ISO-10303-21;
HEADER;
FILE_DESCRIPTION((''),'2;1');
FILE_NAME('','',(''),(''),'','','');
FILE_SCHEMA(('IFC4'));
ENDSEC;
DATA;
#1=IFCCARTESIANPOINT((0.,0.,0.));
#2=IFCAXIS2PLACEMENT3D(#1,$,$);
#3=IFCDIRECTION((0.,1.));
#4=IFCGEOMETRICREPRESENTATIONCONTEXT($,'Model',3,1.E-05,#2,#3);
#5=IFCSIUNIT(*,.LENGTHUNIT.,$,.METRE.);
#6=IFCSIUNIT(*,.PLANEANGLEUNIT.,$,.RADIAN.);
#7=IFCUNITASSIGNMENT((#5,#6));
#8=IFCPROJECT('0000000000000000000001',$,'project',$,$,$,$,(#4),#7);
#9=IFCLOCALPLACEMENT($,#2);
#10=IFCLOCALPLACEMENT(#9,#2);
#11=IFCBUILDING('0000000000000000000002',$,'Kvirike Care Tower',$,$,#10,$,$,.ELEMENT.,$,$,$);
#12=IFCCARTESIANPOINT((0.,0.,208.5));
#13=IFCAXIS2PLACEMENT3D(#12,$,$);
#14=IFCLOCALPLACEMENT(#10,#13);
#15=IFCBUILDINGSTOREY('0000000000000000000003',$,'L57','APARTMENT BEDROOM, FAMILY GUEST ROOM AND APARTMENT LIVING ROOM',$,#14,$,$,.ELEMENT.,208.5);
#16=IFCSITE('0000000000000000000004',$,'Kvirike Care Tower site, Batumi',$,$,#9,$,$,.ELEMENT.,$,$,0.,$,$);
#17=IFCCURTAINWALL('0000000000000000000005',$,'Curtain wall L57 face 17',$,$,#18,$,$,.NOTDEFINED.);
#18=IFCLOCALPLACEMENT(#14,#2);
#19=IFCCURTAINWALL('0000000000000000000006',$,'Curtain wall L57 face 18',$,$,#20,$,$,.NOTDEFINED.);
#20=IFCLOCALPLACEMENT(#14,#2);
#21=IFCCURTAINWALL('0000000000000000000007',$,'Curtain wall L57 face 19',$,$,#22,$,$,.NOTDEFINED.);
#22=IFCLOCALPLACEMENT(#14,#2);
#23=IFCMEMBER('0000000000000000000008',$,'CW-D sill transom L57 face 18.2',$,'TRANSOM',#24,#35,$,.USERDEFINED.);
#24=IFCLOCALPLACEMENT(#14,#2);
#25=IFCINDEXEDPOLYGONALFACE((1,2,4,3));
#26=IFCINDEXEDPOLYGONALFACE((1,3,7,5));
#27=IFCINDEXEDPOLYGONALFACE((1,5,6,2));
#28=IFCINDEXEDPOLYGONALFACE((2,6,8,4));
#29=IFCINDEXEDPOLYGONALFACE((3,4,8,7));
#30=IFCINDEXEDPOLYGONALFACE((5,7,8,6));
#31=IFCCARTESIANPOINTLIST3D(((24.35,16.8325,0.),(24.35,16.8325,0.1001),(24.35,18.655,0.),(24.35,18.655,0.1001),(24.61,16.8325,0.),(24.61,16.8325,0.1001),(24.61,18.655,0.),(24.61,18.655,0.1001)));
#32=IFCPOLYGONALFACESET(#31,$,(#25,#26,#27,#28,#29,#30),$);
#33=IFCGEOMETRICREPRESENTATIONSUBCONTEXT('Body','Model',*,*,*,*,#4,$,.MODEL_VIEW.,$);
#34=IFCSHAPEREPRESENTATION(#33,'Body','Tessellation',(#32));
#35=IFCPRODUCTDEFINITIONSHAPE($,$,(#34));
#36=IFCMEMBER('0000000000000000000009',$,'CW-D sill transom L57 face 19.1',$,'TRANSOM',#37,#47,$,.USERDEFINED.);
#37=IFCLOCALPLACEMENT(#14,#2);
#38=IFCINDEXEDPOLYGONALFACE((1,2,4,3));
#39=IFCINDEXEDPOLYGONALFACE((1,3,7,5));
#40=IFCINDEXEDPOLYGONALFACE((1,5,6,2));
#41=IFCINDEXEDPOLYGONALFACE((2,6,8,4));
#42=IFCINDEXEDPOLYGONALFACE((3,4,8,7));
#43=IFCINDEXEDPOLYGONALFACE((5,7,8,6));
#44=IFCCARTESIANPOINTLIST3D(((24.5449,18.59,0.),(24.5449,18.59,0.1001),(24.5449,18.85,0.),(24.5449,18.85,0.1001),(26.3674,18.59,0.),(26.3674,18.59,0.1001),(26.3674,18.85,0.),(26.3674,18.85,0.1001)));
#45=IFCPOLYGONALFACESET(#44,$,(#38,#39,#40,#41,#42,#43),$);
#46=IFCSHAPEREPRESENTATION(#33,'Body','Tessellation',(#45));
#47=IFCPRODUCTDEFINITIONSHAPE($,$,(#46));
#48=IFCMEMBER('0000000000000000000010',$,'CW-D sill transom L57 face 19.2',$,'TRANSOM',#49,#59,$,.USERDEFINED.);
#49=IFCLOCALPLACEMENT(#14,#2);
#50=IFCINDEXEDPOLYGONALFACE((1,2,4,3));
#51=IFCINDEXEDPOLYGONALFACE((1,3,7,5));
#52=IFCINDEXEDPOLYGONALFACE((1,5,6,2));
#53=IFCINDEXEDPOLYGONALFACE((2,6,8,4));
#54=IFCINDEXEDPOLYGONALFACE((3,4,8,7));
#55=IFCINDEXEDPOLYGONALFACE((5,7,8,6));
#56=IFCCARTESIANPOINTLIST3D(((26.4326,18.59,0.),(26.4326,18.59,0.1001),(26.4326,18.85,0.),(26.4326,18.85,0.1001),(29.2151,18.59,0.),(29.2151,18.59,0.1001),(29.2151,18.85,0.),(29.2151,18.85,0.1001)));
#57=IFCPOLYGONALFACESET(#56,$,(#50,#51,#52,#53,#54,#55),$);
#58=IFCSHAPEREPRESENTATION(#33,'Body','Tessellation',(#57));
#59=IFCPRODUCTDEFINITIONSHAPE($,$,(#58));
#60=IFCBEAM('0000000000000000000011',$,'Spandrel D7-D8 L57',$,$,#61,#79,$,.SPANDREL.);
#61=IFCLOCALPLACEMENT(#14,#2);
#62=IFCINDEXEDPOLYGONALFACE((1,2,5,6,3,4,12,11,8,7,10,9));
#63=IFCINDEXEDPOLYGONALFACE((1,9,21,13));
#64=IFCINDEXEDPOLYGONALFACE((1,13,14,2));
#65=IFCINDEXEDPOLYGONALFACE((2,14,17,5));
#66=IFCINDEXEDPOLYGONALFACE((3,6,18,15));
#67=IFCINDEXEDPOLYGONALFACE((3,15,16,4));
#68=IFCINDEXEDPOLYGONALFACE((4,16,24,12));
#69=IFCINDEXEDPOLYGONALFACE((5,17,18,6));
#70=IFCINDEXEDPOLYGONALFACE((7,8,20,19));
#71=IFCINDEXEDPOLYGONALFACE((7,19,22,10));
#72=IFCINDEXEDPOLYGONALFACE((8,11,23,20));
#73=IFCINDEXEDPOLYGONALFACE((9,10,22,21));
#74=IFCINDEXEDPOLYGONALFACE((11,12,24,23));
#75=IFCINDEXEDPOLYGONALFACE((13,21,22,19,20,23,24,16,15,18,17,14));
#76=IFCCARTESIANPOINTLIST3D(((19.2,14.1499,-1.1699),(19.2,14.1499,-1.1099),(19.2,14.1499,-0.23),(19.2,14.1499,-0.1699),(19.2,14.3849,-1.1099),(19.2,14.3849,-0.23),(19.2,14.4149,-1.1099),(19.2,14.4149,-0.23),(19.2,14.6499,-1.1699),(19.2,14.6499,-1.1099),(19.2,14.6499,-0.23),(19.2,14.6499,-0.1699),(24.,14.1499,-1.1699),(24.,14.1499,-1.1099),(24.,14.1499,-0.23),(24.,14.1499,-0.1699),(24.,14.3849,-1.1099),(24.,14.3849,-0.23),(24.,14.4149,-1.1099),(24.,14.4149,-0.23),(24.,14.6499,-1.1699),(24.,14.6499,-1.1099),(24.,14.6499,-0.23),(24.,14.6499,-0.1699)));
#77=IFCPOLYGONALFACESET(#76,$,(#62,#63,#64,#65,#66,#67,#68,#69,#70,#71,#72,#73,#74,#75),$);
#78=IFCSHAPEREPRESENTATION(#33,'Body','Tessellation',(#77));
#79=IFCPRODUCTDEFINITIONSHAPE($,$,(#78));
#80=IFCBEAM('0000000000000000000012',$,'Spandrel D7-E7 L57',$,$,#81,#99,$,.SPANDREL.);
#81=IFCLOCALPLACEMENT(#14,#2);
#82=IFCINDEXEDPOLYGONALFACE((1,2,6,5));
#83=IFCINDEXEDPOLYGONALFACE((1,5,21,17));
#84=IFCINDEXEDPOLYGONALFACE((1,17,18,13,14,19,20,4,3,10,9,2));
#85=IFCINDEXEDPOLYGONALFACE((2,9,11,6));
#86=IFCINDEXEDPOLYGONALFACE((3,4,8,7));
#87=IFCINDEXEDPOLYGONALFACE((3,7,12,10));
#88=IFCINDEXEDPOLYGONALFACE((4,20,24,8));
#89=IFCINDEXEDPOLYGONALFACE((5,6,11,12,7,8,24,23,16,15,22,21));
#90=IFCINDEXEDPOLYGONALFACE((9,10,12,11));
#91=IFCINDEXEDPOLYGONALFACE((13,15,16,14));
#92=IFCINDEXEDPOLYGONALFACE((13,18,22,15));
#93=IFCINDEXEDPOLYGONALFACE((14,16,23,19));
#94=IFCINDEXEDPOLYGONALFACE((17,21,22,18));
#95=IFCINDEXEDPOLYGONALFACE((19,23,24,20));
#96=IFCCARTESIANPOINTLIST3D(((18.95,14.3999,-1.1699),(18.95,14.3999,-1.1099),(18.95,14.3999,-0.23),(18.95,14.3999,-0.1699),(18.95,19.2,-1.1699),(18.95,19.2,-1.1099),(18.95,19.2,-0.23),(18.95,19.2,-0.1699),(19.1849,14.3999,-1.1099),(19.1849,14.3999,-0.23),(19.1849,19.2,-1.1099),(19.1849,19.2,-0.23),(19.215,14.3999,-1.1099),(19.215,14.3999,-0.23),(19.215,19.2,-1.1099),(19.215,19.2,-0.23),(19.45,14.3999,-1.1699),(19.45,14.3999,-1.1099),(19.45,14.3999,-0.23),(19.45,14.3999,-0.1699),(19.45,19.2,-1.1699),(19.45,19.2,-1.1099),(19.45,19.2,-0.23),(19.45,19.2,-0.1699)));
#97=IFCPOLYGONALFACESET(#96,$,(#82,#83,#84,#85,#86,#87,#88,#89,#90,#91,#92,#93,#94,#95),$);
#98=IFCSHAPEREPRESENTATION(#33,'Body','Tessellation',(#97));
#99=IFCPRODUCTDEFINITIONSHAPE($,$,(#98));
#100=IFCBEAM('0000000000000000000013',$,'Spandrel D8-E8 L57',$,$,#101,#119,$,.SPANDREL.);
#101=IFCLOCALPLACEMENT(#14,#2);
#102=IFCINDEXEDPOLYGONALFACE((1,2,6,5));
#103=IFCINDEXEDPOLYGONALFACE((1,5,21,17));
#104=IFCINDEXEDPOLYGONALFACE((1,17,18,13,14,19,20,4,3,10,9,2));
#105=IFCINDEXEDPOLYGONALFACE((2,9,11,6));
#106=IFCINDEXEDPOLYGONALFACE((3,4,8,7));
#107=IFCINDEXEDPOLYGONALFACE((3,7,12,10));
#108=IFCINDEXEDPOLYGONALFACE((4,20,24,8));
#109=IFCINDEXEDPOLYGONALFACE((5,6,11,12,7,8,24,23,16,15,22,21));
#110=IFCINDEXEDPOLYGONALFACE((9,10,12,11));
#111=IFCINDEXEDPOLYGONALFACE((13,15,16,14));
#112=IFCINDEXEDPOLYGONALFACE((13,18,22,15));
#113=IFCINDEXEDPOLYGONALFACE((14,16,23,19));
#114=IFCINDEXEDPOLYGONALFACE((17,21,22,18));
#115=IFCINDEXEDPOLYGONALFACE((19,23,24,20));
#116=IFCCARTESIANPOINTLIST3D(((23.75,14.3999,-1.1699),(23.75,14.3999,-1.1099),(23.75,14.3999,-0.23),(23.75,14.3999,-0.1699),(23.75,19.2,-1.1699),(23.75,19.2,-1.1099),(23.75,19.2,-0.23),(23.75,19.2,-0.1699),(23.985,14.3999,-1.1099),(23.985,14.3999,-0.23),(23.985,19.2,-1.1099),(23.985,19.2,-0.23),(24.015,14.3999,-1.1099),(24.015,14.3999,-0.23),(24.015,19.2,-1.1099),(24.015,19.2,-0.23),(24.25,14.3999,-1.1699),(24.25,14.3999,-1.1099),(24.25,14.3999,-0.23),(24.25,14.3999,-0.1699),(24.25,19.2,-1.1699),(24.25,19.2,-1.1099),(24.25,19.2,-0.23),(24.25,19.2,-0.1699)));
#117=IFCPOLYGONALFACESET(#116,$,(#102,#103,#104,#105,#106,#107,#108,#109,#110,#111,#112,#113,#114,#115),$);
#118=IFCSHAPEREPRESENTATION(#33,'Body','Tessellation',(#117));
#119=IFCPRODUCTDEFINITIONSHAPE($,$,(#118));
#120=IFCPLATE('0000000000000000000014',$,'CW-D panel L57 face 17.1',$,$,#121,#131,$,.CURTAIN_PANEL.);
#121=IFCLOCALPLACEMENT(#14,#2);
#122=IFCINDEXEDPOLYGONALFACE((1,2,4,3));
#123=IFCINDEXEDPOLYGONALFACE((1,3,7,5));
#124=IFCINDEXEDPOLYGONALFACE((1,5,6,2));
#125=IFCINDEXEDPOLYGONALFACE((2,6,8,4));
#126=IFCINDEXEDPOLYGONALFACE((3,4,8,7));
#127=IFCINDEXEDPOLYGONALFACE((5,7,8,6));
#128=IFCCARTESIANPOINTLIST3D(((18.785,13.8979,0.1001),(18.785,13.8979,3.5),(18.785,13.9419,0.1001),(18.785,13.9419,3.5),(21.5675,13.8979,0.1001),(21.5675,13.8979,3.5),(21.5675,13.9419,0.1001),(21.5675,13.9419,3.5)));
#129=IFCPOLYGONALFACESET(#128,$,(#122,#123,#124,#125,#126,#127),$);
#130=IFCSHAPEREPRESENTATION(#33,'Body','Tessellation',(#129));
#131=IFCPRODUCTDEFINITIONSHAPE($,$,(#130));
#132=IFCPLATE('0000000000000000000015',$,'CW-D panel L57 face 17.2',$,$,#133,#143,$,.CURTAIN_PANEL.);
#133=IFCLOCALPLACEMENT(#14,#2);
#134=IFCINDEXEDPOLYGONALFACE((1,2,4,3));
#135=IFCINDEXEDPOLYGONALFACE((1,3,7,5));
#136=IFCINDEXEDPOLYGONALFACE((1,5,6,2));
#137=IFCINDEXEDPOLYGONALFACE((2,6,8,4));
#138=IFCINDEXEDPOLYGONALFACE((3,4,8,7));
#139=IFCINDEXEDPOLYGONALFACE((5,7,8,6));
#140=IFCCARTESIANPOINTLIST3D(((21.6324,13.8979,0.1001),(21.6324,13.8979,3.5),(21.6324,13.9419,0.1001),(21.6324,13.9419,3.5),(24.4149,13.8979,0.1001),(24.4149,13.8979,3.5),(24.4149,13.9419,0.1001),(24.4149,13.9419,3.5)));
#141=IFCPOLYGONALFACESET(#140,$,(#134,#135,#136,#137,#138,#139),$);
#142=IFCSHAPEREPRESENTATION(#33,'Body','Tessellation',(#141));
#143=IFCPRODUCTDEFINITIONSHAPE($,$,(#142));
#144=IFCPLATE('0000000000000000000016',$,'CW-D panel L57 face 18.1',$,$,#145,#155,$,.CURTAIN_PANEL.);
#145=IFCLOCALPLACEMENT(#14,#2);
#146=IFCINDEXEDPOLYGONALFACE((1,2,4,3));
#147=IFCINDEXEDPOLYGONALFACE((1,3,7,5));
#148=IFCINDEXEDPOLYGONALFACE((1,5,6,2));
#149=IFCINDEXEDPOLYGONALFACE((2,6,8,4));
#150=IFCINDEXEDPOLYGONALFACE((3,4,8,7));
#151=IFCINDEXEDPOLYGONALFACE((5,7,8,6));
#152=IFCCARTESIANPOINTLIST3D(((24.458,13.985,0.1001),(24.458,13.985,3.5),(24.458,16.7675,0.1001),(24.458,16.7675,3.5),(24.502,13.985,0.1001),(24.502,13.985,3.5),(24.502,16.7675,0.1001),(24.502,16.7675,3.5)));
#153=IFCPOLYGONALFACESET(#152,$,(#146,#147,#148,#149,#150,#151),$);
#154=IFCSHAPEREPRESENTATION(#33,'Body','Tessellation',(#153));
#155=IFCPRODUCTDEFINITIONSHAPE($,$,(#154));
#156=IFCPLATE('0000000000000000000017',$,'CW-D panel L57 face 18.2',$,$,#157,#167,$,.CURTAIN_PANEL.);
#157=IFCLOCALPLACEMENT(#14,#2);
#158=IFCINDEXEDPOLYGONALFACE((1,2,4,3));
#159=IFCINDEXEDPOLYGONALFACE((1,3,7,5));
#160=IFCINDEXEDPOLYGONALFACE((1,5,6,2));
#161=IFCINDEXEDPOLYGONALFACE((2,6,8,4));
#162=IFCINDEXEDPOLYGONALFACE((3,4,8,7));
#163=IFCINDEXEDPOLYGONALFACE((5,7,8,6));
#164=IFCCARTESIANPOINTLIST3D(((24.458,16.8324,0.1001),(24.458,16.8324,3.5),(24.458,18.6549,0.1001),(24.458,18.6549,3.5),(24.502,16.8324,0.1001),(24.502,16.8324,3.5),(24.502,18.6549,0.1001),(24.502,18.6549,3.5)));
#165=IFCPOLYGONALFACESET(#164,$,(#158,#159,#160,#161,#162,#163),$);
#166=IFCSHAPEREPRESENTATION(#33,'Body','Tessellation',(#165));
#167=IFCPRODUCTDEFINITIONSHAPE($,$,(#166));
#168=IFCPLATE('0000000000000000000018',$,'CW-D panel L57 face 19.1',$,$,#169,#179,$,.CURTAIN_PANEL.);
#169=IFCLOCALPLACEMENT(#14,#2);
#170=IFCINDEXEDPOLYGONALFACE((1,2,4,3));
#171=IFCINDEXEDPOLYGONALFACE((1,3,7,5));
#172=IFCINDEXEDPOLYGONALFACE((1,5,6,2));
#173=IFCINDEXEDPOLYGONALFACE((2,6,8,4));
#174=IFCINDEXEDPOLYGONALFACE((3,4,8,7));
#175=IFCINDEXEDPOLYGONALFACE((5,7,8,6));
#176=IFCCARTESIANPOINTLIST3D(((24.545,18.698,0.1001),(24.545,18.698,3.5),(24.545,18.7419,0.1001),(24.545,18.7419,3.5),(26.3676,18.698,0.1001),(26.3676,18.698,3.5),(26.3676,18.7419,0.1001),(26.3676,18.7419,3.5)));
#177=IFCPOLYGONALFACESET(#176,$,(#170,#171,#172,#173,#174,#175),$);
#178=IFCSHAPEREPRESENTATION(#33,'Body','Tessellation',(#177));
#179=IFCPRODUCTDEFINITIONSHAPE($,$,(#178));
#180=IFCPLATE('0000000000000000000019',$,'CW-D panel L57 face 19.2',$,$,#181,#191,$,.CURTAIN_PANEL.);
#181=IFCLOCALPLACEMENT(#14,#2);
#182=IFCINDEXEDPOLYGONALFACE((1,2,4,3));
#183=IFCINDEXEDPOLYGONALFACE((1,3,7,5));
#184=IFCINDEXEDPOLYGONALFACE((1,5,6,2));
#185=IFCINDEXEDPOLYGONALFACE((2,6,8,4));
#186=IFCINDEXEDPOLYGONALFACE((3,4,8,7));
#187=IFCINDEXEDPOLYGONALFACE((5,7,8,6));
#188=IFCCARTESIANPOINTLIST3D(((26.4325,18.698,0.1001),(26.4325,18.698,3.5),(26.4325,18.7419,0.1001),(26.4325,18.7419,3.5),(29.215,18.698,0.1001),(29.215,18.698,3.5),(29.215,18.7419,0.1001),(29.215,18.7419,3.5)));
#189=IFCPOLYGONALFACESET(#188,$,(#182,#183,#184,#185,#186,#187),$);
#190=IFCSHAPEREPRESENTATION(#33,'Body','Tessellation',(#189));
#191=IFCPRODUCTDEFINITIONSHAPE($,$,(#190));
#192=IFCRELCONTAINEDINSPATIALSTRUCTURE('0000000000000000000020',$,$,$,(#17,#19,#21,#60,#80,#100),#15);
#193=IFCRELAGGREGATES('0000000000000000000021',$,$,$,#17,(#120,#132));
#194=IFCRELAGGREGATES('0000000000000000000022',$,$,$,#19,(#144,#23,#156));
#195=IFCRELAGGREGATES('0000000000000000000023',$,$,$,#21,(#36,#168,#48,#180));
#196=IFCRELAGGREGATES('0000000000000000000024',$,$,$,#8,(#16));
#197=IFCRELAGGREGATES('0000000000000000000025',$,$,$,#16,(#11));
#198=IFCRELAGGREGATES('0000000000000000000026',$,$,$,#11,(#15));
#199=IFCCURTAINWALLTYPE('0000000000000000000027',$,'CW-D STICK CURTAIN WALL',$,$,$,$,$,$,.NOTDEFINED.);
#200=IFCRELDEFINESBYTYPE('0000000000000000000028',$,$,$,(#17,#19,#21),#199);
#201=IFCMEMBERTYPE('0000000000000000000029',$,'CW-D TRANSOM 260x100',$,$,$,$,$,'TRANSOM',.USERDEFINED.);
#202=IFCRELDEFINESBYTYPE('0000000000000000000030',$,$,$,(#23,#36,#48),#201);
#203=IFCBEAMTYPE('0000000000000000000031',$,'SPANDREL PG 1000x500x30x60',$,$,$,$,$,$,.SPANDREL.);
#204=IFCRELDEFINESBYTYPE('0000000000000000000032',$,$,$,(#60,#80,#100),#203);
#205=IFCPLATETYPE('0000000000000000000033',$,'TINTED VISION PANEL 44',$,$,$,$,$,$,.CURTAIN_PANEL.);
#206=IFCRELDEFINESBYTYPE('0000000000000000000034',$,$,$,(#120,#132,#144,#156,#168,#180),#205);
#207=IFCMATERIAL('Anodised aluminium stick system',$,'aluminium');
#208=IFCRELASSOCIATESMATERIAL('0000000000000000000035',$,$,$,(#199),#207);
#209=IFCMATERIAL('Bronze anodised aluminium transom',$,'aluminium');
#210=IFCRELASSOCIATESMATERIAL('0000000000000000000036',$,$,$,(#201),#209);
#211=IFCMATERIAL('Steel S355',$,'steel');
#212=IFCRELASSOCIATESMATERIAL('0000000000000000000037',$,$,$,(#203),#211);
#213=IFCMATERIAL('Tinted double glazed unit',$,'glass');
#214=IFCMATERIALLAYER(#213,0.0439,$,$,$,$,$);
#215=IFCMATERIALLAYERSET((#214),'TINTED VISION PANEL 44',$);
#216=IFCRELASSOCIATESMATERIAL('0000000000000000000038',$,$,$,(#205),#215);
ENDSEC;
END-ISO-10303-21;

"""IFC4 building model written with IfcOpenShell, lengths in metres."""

from ifc_helpers import new_model, si_unit, direction, frame, origin, origin_2d, place, context, subcontext, project, spatial, rectangle, i_section, extrude, material, layer, layer_set, material_profile, profile_set, type_object, element, aggregate, save


model = new_model("IFC4")

# Units and contexts
model_context = context("Model", 3, precision=1e-05, world=origin(), true_north=direction((0.0, 1.0)))
body_context = subcontext(model_context, "Body", "Model", "MODEL_VIEW")
ifc_project = project(units=[si_unit("LENGTHUNIT", "METRE"), si_unit("PLANEANGLEUNIT", "RADIAN")], contexts=[model_context])

# Site, building, storey
site_placement = place(None, origin())
site = spatial("IfcSite", under=ifc_project, at=site_placement, Name="Kvirike Care Tower site, Batumi", CompositionType="ELEMENT", RefElevation=0.0)
building_placement = place(site_placement, origin())
building = spatial("IfcBuilding", under=site, at=building_placement, Name="Kvirike Care Tower", CompositionType="ELEMENT")
storey_placement = place(building_placement, frame((0.0, 0.0, 208.5)))
storey = spatial("IfcBuildingStorey", under=building, at=storey_placement, Name="L57", Description="APARTMENT BEDROOM, FAMILY GUEST ROOM AND APARTMENT LIVING ROOM", CompositionType="ELEMENT", Elevation=208.5)

# Curtain walls
ifc_material_1 = material(Name="Anodised aluminium stick system", Category="aluminium")
curtain_wall_type = type_object("IfcCurtainWallType", Name="CW-D STICK CURTAIN WALL", PredefinedType="NOTDEFINED", material=ifc_material_1)
curtain_wall_1_placement = place(storey_placement, origin())
curtain_wall_1 = element("IfcCurtainWall", 1, at=curtain_wall_1_placement, inside=storey, type_object=curtain_wall_type, Name="Curtain wall L57 face 17", PredefinedType="NOTDEFINED")
curtain_wall_2_placement = place(storey_placement, origin())
curtain_wall_2 = element("IfcCurtainWall", 2, at=curtain_wall_2_placement, inside=storey, type_object=curtain_wall_type, Name="Curtain wall L57 face 18", PredefinedType="NOTDEFINED")
curtain_wall_3_placement = place(storey_placement, origin())
curtain_wall_3 = element("IfcCurtainWall", 3, at=curtain_wall_3_placement, inside=storey, type_object=curtain_wall_type, Name="Curtain wall L57 face 19", PredefinedType="NOTDEFINED")

# Members
ifc_material_2 = material(Name="Bronze anodised aluminium transom", Category="aluminium")
ifc_material_profile_1 = material_profile(ifc_material_2, rectangle(XDim=0.26, YDim=0.1001, at=origin_2d()), Name="CW-D TRANSOM 260x100")
ifc_profile_set_1 = profile_set([ifc_material_profile_1], Name="Bronze anodised aluminium transom")
member_type_1 = type_object("IfcMemberType", Name="CW-D TRANSOM 260x100", ElementType="TRANSOM", PredefinedType="USERDEFINED", material=ifc_profile_set_1)
member_1_placement = place(storey_placement, frame((24.48, 16.8325, 0.05), z_axis=(0.0, 1.0, 0.0), x_axis=(-1.0, 0.0, 0.0)))
member_1 = element("IfcMember", 4, at=member_1_placement, type_object=member_type_1, Name="CW-D sill transom L57 face 18.2", ObjectType="TRANSOM", PredefinedType="USERDEFINED", context=body_context, shape_type="SweptSolid", body=[
    extrude(rectangle(XDim=0.26, YDim=0.1001, at=origin_2d()), origin(), (0.0, 0.0, 1.0), 1.8225),
])
member_2_placement = place(storey_placement, frame((24.5449, 18.72, 0.05), z_axis=(1.0, 0.0, 0.0), x_axis=(0.0, 1.0, 0.0)))
member_2 = element("IfcMember", 5, at=member_2_placement, type_object=member_type_1, Name="CW-D sill transom L57 face 19.1", ObjectType="TRANSOM", PredefinedType="USERDEFINED", context=body_context, shape_type="SweptSolid", body=[
    extrude(rectangle(XDim=0.26, YDim=0.1001, at=origin_2d()), origin(), (0.0, 0.0, 1.0), 1.8225),
])
member_3_placement = place(storey_placement, frame((26.4326, 18.72, 0.05), z_axis=(1.0, 0.0, 0.0), x_axis=(0.0, 1.0, 0.0)))
member_3 = element("IfcMember", 6, at=member_3_placement, type_object=member_type_1, Name="CW-D sill transom L57 face 19.2", ObjectType="TRANSOM", PredefinedType="USERDEFINED", context=body_context, shape_type="SweptSolid", body=[
    extrude(rectangle(XDim=0.26, YDim=0.1001, at=origin_2d()), origin(), (0.0, 0.0, 1.0), 2.7825),
])

# Beams
ifc_material_3 = material(Name="Steel S355", Category="steel")
ifc_material_profile_2 = material_profile(ifc_material_3, i_section(OverallWidth=0.5, OverallDepth=1.0, WebThickness=0.03, FlangeThickness=0.0601, at=origin_2d()), Name="PG 1000x500x30x60")
ifc_profile_set_2 = profile_set([ifc_material_profile_2], Name="Steel S355")
beam_type = type_object("IfcBeamType", Name="SPANDREL PG 1000x500x30x60", PredefinedType="SPANDREL", material=ifc_profile_set_2)
for number, where, z_axis, x_axis, name in (
    (7, (19.2, 14.3999, -0.6699), (1.0, 0.0, 0.0), (0.0, 1.0, 0.0), "Spandrel D7-D8 L57"),
    (8, (19.2, 14.3999, -0.6699), (0.0, 1.0, 0.0), (-1.0, 0.0, 0.0), "Spandrel D7-E7 L57"),
    (9, (24.0, 14.3999, -0.6699), (0.0, 1.0, 0.0), (-1.0, 0.0, 0.0), "Spandrel D8-E8 L57"),
):
    element("IfcBeam", number, at=place(storey_placement, frame(where, z_axis=z_axis, x_axis=x_axis)), inside=storey, type_object=beam_type, Name=name, PredefinedType="SPANDREL", context=body_context, shape_type="SweptSolid", body=[
        extrude(i_section(OverallWidth=0.5, OverallDepth=1.0, WebThickness=0.03, FlangeThickness=0.0601, at=origin_2d()), origin(), (0.0, 0.0, 1.0), 4.8),
    ])

# Plates
ifc_material_4 = material(Name="Tinted double glazed unit", Category="glass")
ifc_layer = layer(ifc_material_4, 0.0439)
ifc_layer_set = layer_set([ifc_layer], Name="TINTED VISION PANEL 44")
plate_type = type_object("IfcPlateType", Name="TINTED VISION PANEL 44", PredefinedType="CURTAIN_PANEL", material=ifc_layer_set)
plate_1_placement = place(storey_placement, frame((20.1763, 13.9199, 0.1001), z_axis=(0.0, 0.0, 1.0), x_axis=(1.0, 0.0, 0.0)))
plate_1 = element("IfcPlate", 10, at=plate_1_placement, type_object=plate_type, Name="CW-D panel L57 face 17.1", PredefinedType="CURTAIN_PANEL", context=body_context, shape_type="SweptSolid", body=[
    extrude(rectangle(XDim=2.7825, YDim=0.0439, at=origin_2d()), origin(), (0.0, 0.0, 1.0), 3.3999),
])
plate_2_placement = place(storey_placement, frame((23.0237, 13.9199, 0.1001), z_axis=(0.0, 0.0, 1.0), x_axis=(1.0, 0.0, 0.0)))
plate_2 = element("IfcPlate", 11, at=plate_2_placement, type_object=plate_type, Name="CW-D panel L57 face 17.2", PredefinedType="CURTAIN_PANEL", context=body_context, shape_type="SweptSolid", body=[
    extrude(rectangle(XDim=2.7825, YDim=0.0439, at=origin_2d()), origin(), (0.0, 0.0, 1.0), 3.3999),
])
aggregate(curtain_wall_1, [plate_1, plate_2])
plate_3_placement = place(storey_placement, frame((24.48, 15.3762, 0.1001), z_axis=(0.0, 0.0, 1.0), x_axis=(0.0, 1.0, 0.0)))
plate_3 = element("IfcPlate", 12, at=plate_3_placement, type_object=plate_type, Name="CW-D panel L57 face 18.1", PredefinedType="CURTAIN_PANEL", context=body_context, shape_type="SweptSolid", body=[
    extrude(rectangle(XDim=2.7825, YDim=0.0439, at=origin_2d()), origin(), (0.0, 0.0, 1.0), 3.3999),
])
plate_4_placement = place(storey_placement, frame((24.48, 17.7437, 0.1001), z_axis=(0.0, 0.0, 1.0), x_axis=(0.0, 1.0, 0.0)))
plate_4 = element("IfcPlate", 13, at=plate_4_placement, type_object=plate_type, Name="CW-D panel L57 face 18.2", PredefinedType="CURTAIN_PANEL", context=body_context, shape_type="SweptSolid", body=[
    extrude(rectangle(XDim=1.8225, YDim=0.0439, at=origin_2d()), origin(), (0.0, 0.0, 1.0), 3.3999),
])
aggregate(curtain_wall_2, [plate_3, member_1, plate_4])
plate_5_placement = place(storey_placement, frame((25.4563, 18.72, 0.1001), z_axis=(0.0, 0.0, 1.0), x_axis=(1.0, 0.0, 0.0)))
plate_5 = element("IfcPlate", 14, at=plate_5_placement, type_object=plate_type, Name="CW-D panel L57 face 19.1", PredefinedType="CURTAIN_PANEL", context=body_context, shape_type="SweptSolid", body=[
    extrude(rectangle(XDim=1.8225, YDim=0.0439, at=origin_2d()), origin(), (0.0, 0.0, 1.0), 3.3999),
])
plate_6_placement = place(storey_placement, frame((27.8237, 18.72, 0.1001), z_axis=(0.0, 0.0, 1.0), x_axis=(1.0, 0.0, 0.0)))
plate_6 = element("IfcPlate", 15, at=plate_6_placement, type_object=plate_type, Name="CW-D panel L57 face 19.2", PredefinedType="CURTAIN_PANEL", context=body_context, shape_type="SweptSolid", body=[
    extrude(rectangle(XDim=2.7825, YDim=0.0439, at=origin_2d()), origin(), (0.0, 0.0, 1.0), 3.3999),
])
aggregate(curtain_wall_3, [member_2, plate_5, member_3, plate_6])

save(model, "model.ifc")
